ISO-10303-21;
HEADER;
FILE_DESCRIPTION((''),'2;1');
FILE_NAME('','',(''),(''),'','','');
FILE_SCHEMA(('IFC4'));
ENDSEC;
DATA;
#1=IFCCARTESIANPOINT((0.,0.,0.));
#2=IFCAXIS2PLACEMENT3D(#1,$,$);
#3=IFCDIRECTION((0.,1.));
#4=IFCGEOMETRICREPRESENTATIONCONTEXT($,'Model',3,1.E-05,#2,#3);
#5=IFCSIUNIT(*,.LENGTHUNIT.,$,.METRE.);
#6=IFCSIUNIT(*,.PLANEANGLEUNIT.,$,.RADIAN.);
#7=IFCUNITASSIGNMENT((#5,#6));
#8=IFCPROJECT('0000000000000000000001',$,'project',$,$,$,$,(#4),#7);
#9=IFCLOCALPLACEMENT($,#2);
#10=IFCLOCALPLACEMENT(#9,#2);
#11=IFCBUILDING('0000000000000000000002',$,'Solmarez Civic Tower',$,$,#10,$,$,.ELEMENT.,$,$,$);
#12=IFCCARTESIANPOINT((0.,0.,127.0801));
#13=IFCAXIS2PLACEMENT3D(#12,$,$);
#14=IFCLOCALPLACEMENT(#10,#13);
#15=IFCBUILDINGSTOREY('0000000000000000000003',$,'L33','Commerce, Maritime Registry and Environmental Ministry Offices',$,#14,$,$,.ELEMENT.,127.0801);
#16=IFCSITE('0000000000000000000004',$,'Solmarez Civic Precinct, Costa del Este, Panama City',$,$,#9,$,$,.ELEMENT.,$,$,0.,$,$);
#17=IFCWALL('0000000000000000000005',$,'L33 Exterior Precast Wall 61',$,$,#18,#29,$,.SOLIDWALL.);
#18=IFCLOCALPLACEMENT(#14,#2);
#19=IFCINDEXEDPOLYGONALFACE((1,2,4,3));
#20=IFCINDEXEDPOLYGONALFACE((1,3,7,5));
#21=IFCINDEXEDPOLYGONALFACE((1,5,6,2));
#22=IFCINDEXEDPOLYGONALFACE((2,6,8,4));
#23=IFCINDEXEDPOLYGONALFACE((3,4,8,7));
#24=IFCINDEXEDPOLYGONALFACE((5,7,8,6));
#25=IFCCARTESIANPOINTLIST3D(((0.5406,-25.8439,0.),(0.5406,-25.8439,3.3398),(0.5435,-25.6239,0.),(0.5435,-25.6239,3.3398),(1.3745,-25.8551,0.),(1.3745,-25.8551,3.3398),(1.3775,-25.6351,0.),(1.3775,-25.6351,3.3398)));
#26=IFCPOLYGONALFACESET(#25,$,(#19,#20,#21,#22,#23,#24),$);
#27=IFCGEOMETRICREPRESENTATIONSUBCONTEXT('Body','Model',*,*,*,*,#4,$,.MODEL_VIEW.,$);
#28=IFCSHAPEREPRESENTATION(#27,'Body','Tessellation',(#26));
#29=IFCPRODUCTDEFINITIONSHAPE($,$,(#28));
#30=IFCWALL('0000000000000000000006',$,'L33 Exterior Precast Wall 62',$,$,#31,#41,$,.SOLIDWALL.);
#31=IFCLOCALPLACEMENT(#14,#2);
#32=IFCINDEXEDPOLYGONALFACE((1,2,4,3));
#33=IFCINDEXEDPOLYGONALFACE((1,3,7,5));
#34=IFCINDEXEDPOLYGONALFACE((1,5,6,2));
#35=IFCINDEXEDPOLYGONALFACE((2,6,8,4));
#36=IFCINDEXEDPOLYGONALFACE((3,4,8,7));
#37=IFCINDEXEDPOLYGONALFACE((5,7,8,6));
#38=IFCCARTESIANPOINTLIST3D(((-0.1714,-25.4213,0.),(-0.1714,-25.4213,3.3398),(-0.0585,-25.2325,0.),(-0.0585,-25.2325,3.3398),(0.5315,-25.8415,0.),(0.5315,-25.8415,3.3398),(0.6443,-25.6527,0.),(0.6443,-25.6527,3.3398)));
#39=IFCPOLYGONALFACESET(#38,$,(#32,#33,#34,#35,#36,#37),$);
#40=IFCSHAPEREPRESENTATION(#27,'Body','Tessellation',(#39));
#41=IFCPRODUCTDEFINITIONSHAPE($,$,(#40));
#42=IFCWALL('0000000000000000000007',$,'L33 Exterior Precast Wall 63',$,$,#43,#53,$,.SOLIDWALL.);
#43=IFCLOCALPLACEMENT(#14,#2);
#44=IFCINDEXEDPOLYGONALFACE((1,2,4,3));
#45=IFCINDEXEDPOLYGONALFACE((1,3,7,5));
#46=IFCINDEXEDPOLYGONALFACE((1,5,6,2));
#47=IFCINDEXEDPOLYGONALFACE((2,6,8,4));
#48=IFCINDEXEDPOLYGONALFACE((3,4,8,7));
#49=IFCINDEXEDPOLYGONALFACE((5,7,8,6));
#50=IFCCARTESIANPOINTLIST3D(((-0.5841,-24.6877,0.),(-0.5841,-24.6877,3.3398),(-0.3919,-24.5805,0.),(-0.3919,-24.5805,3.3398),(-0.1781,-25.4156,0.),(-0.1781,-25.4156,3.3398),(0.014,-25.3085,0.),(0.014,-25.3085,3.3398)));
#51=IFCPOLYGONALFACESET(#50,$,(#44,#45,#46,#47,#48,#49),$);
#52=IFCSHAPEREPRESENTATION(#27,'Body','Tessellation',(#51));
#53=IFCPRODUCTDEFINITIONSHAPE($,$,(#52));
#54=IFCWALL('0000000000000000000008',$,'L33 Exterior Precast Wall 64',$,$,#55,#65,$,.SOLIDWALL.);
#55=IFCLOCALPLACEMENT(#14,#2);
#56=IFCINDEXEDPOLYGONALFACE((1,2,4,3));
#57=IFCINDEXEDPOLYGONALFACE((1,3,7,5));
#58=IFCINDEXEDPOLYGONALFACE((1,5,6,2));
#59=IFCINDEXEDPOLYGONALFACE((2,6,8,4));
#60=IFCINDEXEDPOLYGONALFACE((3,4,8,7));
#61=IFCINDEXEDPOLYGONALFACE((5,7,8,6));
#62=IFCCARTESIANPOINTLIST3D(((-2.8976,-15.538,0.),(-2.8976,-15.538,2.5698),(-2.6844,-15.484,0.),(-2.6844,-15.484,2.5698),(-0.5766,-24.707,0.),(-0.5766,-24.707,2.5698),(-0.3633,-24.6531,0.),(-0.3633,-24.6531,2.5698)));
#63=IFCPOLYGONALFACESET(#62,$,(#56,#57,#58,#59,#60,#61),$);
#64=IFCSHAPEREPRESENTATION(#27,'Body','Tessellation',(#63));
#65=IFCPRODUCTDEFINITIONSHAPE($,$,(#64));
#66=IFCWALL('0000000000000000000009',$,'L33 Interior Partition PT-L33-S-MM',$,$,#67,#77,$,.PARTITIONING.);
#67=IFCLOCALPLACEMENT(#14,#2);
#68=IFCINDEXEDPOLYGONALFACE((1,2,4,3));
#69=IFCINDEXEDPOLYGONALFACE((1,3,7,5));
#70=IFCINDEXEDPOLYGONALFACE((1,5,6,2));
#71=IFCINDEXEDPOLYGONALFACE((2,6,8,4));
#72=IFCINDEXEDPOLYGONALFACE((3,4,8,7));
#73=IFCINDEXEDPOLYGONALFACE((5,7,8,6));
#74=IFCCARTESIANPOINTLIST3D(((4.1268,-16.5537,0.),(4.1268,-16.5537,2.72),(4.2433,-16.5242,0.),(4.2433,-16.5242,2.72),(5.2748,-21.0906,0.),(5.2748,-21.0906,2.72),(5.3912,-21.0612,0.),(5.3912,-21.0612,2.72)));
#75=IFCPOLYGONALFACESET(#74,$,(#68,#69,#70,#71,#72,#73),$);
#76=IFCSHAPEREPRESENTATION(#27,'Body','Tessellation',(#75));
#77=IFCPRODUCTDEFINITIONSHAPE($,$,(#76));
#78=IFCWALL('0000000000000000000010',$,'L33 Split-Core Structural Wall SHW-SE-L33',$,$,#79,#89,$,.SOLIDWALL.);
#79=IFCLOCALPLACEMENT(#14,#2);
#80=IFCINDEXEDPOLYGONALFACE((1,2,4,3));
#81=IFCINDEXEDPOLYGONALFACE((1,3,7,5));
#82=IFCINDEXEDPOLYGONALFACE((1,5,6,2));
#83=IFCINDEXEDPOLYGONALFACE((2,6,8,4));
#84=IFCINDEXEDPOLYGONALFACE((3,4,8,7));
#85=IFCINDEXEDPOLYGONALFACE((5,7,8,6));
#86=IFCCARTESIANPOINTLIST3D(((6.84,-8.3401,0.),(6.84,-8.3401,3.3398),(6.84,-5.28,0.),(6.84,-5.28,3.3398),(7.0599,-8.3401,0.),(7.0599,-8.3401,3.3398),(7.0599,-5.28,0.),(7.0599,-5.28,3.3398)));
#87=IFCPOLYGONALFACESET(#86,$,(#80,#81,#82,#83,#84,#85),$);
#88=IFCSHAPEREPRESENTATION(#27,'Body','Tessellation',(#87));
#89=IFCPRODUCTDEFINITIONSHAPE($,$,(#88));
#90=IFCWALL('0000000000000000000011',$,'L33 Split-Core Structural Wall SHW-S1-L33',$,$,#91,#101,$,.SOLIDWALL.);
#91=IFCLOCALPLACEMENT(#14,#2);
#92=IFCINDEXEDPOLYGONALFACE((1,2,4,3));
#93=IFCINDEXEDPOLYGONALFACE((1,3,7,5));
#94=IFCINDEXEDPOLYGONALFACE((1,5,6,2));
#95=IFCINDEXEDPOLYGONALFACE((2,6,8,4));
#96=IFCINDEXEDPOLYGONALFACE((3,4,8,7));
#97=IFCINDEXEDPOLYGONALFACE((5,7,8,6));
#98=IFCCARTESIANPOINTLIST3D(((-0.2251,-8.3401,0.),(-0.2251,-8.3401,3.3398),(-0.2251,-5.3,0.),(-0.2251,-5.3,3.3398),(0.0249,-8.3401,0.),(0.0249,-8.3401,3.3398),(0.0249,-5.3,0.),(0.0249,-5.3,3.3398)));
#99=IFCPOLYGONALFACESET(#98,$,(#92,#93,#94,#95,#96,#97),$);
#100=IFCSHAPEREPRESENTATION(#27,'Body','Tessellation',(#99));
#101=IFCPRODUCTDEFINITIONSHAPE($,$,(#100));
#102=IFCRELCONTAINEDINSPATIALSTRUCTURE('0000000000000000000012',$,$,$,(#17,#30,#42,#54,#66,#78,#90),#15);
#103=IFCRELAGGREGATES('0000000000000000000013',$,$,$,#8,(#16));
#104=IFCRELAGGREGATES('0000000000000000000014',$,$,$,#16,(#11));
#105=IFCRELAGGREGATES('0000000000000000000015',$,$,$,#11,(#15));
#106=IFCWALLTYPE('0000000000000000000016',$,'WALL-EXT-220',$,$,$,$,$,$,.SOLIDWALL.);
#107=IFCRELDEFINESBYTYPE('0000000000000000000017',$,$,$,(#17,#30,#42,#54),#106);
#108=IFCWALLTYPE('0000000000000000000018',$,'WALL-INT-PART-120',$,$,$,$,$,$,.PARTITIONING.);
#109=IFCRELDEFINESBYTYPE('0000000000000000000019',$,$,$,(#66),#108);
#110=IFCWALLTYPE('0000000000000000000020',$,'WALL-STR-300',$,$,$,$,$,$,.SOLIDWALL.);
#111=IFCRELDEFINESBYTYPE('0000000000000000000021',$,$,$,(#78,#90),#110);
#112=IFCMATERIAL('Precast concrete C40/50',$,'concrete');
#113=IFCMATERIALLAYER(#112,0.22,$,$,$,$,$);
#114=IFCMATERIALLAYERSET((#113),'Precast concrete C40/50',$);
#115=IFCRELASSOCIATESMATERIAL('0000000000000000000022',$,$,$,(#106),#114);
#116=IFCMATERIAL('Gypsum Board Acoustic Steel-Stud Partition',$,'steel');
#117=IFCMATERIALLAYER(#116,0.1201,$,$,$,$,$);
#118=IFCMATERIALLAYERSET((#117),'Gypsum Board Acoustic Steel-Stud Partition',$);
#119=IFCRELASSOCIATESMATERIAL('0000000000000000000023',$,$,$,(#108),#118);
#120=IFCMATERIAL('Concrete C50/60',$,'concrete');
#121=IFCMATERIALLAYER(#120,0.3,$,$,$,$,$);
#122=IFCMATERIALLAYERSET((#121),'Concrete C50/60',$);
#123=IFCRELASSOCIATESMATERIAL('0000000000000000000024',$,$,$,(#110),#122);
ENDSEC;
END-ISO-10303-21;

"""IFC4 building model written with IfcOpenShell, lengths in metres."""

from ifc_helpers import new_model, si_unit, direction, frame, frame_2d, origin, place, context, subcontext, project, spatial, rectangle, extrude, material, layer, layer_set, type_object, element, save


model = new_model("IFC4")

# Units and contexts
model_context = context("Model", 3, precision=1e-05, world=origin(), true_north=direction((0.0, 1.0)))
body_context = subcontext(model_context, "Body", "Model", "MODEL_VIEW")
ifc_project = project(units=[si_unit("LENGTHUNIT", "METRE"), si_unit("PLANEANGLEUNIT", "RADIAN")], contexts=[model_context])

# Site, building, storey
site_placement = place(None, origin())
site = spatial("IfcSite", under=ifc_project, at=site_placement, Name="Solmarez Civic Precinct, Costa del Este, Panama City", CompositionType="ELEMENT", RefElevation=0.0)
building_placement = place(site_placement, origin())
building = spatial("IfcBuilding", under=site, at=building_placement, Name="Solmarez Civic Tower", CompositionType="ELEMENT")
storey_placement = place(building_placement, frame((0.0, 0.0, 127.0801)))
storey = spatial("IfcBuildingStorey", under=building, at=storey_placement, Name="L33", Description="Commerce, Maritime Registry and Environmental Ministry Offices", CompositionType="ELEMENT", Elevation=127.0801)

# Shared definitions
ifc_material_1 = material(Name="Concrete C50/60", Category="concrete")

# Walls
ifc_material_2 = material(Name="Precast concrete C40/50", Category="concrete")
ifc_layer_1 = layer(ifc_material_2, 0.22)
ifc_layer_set_1 = layer_set([ifc_layer_1], Name="Precast concrete C40/50")
wall_type_1 = type_object("IfcWallType", Name="WALL-EXT-220", PredefinedType="SOLIDWALL", material=ifc_layer_set_1)
wall_1_placement = place(storey_placement, frame((1.376, -25.7451, 0.0), z_axis=(0.0, 0.0, 1.0), x_axis=(-0.999909, 0.013465, 0.0)))
element("IfcWall", 1, at=wall_1_placement, inside=storey, type_object=wall_type_1, Name="L33 Exterior Precast Wall 61", PredefinedType="SOLIDWALL", context=body_context, shape_type="SweptSolid", body=[
    extrude(rectangle(XDim=0.834, YDim=0.22, at=frame_2d((0.417, 0.0))), origin(), (0.0, 0.0, 1.0), 3.3398),
])
wall_2_placement = place(storey_placement, frame((0.5879, -25.7471, 0.0), z_axis=(0.0, 0.0, 1.0), x_axis=(-0.858334, 0.513092, 0.0)))
element("IfcWall", 2, at=wall_2_placement, inside=storey, type_object=wall_type_1, Name="L33 Exterior Precast Wall 62", PredefinedType="SOLIDWALL", context=body_context, shape_type="SweptSolid", body=[
    extrude(rectangle(XDim=0.8188, YDim=0.22, at=frame_2d((0.4094, 0.0))), origin(), (0.0, 0.0, 1.0), 3.3398),
])
wall_3_placement = place(storey_placement, frame((-0.082, -25.3621, 0.0), z_axis=(0.0, 0.0, 1.0), x_axis=(-0.48706, 0.873369, 0.0)))
element("IfcWall", 3, at=wall_3_placement, inside=storey, type_object=wall_type_1, Name="L33 Exterior Precast Wall 63", PredefinedType="SOLIDWALL", context=body_context, shape_type="SweptSolid", body=[
    extrude(rectangle(XDim=0.8335, YDim=0.22, at=frame_2d((0.4167, 0.0))), origin(), (0.0, 0.0, 1.0), 3.3398),
])
wall_4_placement = place(storey_placement, frame((-0.47, -24.6799, 0.0), z_axis=(0.0, 0.0, 1.0), x_axis=(-0.245401, 0.969422, 0.0)))
element("IfcWall", 4, at=wall_4_placement, inside=storey, type_object=wall_type_1, Name="L33 Exterior Precast Wall 64", PredefinedType="SOLIDWALL", context=body_context, shape_type="SweptSolid", body=[
    extrude(rectangle(XDim=9.4583, YDim=0.22, at=frame_2d((4.729, 0.0))), origin(), (0.0, 0.0, 1.0), 2.5698),
])
ifc_material_3 = material(Name="Gypsum Board Acoustic Steel-Stud Partition", Category="steel")
ifc_layer_2 = layer(ifc_material_3, 0.1201)
ifc_layer_set_2 = layer_set([ifc_layer_2], Name="Gypsum Board Acoustic Steel-Stud Partition")
wall_type_2 = type_object("IfcWallType", Name="WALL-INT-PART-120", PredefinedType="PARTITIONING", material=ifc_layer_set_2)
wall_5_placement = place(storey_placement, frame((4.1851, -16.5391, 0.0), z_axis=(0.0, 0.0, 1.0), x_axis=(0.245297, -0.969448, 0.0)))
element("IfcWall", 5, at=wall_5_placement, inside=storey, type_object=wall_type_2, Name="L33 Interior Partition PT-L33-S-MM", PredefinedType="PARTITIONING", context=body_context, shape_type="SweptSolid", body=[
    extrude(rectangle(XDim=4.6799, YDim=0.1201, at=frame_2d((2.3398, 0.0))), origin(), (0.0, 0.0, 1.0), 2.72),
])
ifc_layer_3 = layer(ifc_material_1, 0.3)
ifc_layer_set_3 = layer_set([ifc_layer_3], Name="Concrete C50/60")
wall_type_3 = type_object("IfcWallType", Name="WALL-STR-300", PredefinedType="SOLIDWALL", material=ifc_layer_set_3)
wall_6_placement = place(storey_placement, frame((6.95, -8.3401, 0.0), z_axis=(0.0, 0.0, 1.0), x_axis=(0.0, 1.0, 0.0)))
element("IfcWall", 6, at=wall_6_placement, inside=storey, type_object=wall_type_3, Name="L33 Split-Core Structural Wall SHW-SE-L33", PredefinedType="SOLIDWALL", context=body_context, shape_type="SweptSolid", body=[
    extrude(rectangle(XDim=3.0601, YDim=0.22, at=frame_2d((1.53, 0.0))), origin(), (0.0, 0.0, 1.0), 3.3398),
])
wall_7_placement = place(storey_placement, frame((-0.1001, -8.3401, 0.0), z_axis=(0.0, 0.0, 1.0), x_axis=(0.0, 1.0, 0.0)))
element("IfcWall", 7, at=wall_7_placement, inside=storey, type_object=wall_type_3, Name="L33 Split-Core Structural Wall SHW-S1-L33", PredefinedType="SOLIDWALL", context=body_context, shape_type="SweptSolid", body=[
    extrude(rectangle(XDim=3.04, YDim=0.25, at=frame_2d((1.52, 0.0))), origin(), (0.0, 0.0, 1.0), 3.3398),
])

save(model, "model.ifc")
